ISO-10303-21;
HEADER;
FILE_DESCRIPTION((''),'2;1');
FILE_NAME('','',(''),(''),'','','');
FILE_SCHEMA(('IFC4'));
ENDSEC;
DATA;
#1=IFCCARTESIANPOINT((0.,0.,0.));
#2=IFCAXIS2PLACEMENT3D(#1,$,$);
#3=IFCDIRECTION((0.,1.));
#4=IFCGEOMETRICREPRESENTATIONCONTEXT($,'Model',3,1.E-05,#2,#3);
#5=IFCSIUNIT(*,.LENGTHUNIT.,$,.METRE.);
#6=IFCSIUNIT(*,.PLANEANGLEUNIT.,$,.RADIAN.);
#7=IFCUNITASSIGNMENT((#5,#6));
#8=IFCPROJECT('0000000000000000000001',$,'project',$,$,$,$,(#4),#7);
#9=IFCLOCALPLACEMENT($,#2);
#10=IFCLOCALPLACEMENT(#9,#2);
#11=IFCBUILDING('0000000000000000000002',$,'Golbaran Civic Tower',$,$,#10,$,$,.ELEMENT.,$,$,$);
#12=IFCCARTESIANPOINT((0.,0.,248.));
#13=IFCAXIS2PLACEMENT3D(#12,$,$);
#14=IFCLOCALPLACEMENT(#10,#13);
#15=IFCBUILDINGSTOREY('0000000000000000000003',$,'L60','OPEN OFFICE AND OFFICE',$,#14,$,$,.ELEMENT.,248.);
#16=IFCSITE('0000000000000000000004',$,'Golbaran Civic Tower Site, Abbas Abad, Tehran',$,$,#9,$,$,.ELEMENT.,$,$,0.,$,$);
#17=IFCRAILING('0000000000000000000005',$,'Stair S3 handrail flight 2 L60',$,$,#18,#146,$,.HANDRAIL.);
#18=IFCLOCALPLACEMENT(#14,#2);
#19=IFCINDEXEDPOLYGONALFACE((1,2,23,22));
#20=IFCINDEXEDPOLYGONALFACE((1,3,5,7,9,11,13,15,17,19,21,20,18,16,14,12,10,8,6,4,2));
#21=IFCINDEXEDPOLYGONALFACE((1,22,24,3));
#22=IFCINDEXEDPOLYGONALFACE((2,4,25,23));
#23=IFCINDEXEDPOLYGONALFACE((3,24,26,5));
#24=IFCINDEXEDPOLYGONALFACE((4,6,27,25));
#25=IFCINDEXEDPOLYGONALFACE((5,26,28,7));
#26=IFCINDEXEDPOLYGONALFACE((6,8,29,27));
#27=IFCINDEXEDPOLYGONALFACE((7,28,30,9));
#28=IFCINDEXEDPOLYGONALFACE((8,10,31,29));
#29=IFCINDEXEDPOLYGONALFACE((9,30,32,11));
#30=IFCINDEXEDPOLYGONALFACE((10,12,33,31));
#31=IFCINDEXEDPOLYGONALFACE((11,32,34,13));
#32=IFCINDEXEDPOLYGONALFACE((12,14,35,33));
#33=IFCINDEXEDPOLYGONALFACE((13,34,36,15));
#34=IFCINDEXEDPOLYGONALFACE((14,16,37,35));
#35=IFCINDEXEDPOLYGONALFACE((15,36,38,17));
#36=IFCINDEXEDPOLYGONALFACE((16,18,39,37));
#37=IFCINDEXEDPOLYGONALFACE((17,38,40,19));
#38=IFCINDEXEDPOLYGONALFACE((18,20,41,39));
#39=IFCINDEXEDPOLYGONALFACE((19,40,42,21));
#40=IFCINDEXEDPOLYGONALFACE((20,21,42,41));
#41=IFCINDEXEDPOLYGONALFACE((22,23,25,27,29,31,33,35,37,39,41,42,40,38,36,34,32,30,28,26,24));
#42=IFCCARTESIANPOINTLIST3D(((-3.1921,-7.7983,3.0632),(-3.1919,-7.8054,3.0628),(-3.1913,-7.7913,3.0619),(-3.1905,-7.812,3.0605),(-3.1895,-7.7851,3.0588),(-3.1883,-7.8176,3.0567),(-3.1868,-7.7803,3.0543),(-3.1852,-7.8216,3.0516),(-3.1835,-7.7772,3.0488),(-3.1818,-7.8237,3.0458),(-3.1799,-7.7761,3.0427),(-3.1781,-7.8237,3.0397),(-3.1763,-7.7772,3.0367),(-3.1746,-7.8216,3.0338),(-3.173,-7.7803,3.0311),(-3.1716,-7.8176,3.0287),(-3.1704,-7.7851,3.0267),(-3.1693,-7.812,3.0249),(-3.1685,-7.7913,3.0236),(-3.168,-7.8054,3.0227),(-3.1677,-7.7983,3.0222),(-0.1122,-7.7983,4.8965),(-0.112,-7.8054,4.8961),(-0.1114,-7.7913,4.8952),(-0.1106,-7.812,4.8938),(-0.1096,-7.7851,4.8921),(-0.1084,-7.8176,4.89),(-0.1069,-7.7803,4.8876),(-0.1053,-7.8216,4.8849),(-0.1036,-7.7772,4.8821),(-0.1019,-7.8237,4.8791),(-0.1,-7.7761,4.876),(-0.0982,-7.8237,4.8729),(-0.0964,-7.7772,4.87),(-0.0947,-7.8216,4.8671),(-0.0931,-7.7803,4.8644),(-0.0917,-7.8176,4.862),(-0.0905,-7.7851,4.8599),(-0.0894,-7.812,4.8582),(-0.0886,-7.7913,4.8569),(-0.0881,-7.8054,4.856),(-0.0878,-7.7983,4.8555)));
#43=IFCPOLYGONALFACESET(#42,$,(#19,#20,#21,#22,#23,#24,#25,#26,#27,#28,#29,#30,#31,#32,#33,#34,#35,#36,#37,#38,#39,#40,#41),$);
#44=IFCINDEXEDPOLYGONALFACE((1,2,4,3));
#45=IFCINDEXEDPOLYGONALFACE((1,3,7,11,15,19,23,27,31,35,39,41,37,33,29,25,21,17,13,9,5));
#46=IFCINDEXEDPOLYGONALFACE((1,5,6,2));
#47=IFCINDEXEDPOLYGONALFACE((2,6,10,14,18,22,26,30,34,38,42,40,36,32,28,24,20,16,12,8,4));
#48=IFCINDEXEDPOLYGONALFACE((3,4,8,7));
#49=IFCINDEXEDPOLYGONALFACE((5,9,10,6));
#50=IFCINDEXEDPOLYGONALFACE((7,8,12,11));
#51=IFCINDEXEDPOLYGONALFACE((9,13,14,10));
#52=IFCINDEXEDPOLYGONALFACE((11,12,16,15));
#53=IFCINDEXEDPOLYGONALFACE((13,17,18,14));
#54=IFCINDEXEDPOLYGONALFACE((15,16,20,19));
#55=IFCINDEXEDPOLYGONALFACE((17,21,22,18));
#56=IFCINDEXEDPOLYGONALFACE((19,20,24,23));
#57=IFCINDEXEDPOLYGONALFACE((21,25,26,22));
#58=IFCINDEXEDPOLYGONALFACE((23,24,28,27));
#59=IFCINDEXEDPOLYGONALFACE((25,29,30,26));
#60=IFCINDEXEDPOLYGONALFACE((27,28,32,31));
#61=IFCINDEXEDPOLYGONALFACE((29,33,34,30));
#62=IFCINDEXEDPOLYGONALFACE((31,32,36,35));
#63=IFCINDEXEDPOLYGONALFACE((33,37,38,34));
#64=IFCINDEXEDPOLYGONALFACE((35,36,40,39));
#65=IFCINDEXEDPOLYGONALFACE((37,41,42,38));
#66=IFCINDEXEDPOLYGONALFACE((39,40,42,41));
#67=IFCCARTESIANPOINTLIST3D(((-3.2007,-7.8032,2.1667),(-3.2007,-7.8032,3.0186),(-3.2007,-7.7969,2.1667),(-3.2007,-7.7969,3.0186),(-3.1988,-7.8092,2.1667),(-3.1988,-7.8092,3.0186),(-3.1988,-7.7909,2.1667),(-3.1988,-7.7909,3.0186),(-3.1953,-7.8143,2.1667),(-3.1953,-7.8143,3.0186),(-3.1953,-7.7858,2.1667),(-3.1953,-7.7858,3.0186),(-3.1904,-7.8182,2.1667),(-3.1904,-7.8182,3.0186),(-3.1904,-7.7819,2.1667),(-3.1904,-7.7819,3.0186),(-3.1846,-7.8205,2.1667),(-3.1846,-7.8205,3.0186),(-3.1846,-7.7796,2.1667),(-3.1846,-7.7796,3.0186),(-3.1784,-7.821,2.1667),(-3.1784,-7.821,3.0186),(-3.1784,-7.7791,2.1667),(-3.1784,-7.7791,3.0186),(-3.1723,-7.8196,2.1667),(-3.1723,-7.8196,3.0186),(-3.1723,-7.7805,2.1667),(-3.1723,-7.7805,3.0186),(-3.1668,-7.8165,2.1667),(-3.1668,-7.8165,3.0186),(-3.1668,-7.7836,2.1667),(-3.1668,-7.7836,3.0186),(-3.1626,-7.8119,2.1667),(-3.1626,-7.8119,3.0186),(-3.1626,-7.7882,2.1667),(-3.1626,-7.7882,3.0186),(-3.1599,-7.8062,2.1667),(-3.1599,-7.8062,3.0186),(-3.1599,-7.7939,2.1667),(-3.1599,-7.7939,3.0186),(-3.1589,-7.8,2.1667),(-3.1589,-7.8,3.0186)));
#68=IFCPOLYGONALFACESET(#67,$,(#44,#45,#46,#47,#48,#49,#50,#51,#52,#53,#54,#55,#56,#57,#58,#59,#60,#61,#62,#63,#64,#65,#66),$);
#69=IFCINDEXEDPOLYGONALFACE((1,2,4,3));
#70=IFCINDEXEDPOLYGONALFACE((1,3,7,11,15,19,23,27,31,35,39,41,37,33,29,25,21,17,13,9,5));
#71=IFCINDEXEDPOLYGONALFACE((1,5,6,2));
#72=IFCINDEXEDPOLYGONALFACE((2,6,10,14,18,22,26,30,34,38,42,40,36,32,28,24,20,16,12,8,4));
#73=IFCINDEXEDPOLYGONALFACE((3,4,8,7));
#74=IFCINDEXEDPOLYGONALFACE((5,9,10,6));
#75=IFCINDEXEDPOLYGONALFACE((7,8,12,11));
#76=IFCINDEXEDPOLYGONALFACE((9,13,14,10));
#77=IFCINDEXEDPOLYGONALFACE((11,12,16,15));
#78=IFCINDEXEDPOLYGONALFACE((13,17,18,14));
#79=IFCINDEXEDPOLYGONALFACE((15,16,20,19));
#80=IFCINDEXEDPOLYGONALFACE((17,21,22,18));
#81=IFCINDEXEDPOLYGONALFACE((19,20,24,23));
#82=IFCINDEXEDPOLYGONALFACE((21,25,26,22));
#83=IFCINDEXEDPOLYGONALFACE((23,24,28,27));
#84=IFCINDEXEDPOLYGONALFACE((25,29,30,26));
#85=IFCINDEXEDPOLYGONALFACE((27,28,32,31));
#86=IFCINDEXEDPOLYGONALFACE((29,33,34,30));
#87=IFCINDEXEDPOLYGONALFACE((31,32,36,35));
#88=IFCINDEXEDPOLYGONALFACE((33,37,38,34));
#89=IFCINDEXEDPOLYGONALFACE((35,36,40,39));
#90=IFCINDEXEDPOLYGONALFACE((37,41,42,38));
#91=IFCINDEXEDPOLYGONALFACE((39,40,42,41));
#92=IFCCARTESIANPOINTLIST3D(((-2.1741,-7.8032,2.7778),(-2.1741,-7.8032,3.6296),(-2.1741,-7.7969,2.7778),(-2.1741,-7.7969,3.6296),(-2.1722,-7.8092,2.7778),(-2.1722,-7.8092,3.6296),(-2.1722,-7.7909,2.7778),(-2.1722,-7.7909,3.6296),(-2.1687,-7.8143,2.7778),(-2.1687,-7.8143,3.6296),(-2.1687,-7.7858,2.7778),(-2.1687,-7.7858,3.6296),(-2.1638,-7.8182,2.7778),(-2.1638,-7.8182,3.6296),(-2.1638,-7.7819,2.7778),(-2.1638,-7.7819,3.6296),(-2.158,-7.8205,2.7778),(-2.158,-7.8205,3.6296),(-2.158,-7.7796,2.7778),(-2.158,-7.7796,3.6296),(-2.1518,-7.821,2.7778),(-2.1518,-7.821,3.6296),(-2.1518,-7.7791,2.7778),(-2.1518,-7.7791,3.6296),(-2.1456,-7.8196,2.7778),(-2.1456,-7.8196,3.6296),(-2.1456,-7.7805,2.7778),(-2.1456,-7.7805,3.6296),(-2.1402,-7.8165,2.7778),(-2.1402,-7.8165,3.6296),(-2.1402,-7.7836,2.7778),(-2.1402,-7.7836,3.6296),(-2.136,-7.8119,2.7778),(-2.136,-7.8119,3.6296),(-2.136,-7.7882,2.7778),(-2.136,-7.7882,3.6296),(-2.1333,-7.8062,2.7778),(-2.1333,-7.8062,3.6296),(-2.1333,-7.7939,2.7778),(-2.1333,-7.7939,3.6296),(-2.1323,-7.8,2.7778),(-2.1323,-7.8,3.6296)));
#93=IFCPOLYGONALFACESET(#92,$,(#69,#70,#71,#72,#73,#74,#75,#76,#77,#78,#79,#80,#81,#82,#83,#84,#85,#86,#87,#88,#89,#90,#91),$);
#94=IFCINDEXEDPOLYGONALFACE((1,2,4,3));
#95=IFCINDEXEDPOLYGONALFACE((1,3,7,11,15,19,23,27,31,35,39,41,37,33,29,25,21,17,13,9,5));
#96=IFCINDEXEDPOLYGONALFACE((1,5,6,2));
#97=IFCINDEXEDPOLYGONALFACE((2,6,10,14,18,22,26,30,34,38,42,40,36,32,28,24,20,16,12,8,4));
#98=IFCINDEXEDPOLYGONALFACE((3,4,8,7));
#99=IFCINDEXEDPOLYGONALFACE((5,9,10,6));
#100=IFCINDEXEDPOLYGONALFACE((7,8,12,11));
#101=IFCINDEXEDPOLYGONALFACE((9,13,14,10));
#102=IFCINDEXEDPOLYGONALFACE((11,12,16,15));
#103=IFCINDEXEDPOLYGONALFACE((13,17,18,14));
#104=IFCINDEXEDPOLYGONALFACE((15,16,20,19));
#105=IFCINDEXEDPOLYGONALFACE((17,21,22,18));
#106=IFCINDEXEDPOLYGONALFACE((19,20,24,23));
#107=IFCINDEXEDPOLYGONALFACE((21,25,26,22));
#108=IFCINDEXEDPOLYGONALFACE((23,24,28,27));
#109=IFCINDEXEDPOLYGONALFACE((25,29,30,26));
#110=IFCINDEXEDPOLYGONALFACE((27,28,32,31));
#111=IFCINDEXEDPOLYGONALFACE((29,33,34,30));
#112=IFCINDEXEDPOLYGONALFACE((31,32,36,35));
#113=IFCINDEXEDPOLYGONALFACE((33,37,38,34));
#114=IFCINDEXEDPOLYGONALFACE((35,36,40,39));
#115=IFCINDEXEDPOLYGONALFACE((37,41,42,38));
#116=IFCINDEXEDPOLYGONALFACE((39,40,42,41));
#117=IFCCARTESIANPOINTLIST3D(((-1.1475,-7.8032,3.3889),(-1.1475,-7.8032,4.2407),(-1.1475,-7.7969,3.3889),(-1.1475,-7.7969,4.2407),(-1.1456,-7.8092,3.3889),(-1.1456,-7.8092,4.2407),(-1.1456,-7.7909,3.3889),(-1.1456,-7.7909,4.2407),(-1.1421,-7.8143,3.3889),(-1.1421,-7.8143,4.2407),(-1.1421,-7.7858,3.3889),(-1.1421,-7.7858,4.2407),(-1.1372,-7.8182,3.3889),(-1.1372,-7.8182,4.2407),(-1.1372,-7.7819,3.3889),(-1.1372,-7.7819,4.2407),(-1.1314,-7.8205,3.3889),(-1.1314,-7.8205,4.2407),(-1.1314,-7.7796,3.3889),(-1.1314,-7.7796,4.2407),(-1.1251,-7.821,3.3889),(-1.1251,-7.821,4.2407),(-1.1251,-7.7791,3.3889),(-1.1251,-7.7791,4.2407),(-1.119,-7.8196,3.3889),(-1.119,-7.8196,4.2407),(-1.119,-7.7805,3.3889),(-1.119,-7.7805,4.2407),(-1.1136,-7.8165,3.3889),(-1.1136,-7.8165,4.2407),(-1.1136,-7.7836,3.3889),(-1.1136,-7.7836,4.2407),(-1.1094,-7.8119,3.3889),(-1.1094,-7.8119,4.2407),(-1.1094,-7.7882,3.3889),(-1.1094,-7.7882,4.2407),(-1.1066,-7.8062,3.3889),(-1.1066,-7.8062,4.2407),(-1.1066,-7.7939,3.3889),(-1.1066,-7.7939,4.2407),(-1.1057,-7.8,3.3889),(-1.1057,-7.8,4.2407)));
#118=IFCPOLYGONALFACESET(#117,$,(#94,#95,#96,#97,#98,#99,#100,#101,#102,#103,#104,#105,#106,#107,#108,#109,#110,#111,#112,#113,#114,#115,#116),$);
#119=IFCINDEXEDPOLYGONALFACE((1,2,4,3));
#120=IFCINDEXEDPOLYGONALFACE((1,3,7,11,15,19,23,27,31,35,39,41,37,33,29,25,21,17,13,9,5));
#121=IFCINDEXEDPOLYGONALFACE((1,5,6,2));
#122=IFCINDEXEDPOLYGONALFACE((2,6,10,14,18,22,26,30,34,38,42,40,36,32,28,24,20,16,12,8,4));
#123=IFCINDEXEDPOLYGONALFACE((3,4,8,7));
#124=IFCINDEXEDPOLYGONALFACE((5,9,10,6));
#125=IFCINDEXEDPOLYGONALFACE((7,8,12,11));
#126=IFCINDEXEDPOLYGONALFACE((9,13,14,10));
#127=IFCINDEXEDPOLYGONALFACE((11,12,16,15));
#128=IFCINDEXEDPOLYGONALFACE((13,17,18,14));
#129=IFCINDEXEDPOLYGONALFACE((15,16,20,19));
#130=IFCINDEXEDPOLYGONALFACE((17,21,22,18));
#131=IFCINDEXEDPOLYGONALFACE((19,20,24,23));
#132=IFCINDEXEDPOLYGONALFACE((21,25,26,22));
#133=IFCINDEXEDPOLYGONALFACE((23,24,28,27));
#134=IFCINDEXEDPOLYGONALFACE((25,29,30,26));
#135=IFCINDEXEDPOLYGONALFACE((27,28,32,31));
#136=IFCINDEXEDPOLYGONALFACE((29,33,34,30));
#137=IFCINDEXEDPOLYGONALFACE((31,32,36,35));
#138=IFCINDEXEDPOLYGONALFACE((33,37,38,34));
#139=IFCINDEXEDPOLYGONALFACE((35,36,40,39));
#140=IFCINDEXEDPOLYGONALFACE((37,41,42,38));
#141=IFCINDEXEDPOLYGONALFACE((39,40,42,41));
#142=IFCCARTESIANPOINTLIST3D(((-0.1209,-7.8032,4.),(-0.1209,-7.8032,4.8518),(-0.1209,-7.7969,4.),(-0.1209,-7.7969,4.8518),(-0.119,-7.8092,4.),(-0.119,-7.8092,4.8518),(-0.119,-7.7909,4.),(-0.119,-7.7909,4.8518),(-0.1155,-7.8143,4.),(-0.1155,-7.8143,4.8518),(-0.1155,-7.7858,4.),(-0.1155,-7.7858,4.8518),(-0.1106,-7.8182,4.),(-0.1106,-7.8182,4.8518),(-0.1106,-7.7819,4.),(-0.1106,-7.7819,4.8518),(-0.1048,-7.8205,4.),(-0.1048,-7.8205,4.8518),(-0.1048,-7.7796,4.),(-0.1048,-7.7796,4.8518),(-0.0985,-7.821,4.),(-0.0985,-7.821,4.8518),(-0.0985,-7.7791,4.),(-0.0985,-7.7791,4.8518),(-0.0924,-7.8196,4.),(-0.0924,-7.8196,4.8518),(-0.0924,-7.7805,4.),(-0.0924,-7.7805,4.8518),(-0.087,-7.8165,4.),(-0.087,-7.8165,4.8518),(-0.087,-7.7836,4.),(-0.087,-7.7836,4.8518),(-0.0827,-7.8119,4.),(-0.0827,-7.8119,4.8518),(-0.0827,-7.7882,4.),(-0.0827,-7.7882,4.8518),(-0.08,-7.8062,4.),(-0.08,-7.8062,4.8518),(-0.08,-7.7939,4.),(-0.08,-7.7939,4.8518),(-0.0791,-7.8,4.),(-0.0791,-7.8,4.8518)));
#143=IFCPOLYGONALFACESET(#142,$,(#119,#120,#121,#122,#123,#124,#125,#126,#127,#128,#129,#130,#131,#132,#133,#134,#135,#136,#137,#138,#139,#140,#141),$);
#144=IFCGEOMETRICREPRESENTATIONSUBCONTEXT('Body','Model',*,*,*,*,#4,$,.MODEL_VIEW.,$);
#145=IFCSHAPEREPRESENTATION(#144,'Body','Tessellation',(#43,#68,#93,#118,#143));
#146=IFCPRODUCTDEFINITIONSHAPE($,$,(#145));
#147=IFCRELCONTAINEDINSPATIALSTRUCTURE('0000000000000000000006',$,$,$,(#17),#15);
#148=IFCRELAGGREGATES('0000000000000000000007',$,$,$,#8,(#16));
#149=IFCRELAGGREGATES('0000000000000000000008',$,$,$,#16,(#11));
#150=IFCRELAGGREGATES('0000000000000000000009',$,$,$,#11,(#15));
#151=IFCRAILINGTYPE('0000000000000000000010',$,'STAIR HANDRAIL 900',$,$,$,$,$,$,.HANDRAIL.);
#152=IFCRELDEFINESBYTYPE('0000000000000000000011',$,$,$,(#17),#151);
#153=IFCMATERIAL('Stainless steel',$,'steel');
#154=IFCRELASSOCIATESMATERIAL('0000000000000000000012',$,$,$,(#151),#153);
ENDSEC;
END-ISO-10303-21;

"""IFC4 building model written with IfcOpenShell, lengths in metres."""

from ifc_helpers import new_model, si_unit, direction, frame, origin, origin_2d, place, context, subcontext, project, spatial, circle, extrude, material, type_object, element, save


model = new_model("IFC4")

# Units and contexts
model_context = context("Model", 3, precision=1e-05, world=origin(), true_north=direction((0.0, 1.0)))
body_context = subcontext(model_context, "Body", "Model", "MODEL_VIEW")
ifc_project = project(units=[si_unit("LENGTHUNIT", "METRE"), si_unit("PLANEANGLEUNIT", "RADIAN")], contexts=[model_context])

# Site, building, storey
site_placement = place(None, origin())
site = spatial("IfcSite", under=ifc_project, at=site_placement, Name="Golbaran Civic Tower Site, Abbas Abad, Tehran", CompositionType="ELEMENT", RefElevation=0.0)
building_placement = place(site_placement, origin())
building = spatial("IfcBuilding", under=site, at=building_placement, Name="Golbaran Civic Tower", CompositionType="ELEMENT")
storey_placement = place(building_placement, frame((0.0, 0.0, 248.0)))
storey = spatial("IfcBuildingStorey", under=building, at=storey_placement, Name="L60", Description="OPEN OFFICE AND OFFICE", CompositionType="ELEMENT", Elevation=248.0)

# Shared definitions
ifc_material_1 = material(Name="Stainless steel", Category="steel")

# Railing
railing_type = type_object("IfcRailingType", Name="STAIR HANDRAIL 900", PredefinedType="HANDRAIL", material=ifc_material_1)
railing_1_placement = place(storey_placement, frame((-3.1799, -7.8, 2.1667)))
element("IfcRailing", 1, at=railing_1_placement, inside=storey, type_object=railing_type, Name="Stair S3 handrail flight 2 L60", PredefinedType="HANDRAIL", context=body_context, shape_type="SweptSolid", body=[
    extrude(circle(Radius=0.0239, at=origin_2d()), frame((0.0, 0.0, 0.876), z_axis=(0.859291, 0.0, 0.511487), x_axis=(0.0, 1.0, 0.0)), (0.0, 0.0, 1.0), 3.5842),
    extrude(circle(Radius=0.021, at=origin_2d()), origin(), (0.0, 0.0, 1.0), 0.8518),
    extrude(circle(Radius=0.021, at=origin_2d()), frame((1.0266, 0.0, 0.6111)), (0.0, 0.0, 1.0), 0.8518),
    extrude(circle(Radius=0.021, at=origin_2d()), frame((2.0532, 0.0, 1.2222)), (0.0, 0.0, 1.0), 0.8518),
    extrude(circle(Radius=0.021, at=origin_2d()), frame((3.0798, 0.0, 1.8333)), (0.0, 0.0, 1.0), 0.8518),
])

save(model, "model.ifc")
